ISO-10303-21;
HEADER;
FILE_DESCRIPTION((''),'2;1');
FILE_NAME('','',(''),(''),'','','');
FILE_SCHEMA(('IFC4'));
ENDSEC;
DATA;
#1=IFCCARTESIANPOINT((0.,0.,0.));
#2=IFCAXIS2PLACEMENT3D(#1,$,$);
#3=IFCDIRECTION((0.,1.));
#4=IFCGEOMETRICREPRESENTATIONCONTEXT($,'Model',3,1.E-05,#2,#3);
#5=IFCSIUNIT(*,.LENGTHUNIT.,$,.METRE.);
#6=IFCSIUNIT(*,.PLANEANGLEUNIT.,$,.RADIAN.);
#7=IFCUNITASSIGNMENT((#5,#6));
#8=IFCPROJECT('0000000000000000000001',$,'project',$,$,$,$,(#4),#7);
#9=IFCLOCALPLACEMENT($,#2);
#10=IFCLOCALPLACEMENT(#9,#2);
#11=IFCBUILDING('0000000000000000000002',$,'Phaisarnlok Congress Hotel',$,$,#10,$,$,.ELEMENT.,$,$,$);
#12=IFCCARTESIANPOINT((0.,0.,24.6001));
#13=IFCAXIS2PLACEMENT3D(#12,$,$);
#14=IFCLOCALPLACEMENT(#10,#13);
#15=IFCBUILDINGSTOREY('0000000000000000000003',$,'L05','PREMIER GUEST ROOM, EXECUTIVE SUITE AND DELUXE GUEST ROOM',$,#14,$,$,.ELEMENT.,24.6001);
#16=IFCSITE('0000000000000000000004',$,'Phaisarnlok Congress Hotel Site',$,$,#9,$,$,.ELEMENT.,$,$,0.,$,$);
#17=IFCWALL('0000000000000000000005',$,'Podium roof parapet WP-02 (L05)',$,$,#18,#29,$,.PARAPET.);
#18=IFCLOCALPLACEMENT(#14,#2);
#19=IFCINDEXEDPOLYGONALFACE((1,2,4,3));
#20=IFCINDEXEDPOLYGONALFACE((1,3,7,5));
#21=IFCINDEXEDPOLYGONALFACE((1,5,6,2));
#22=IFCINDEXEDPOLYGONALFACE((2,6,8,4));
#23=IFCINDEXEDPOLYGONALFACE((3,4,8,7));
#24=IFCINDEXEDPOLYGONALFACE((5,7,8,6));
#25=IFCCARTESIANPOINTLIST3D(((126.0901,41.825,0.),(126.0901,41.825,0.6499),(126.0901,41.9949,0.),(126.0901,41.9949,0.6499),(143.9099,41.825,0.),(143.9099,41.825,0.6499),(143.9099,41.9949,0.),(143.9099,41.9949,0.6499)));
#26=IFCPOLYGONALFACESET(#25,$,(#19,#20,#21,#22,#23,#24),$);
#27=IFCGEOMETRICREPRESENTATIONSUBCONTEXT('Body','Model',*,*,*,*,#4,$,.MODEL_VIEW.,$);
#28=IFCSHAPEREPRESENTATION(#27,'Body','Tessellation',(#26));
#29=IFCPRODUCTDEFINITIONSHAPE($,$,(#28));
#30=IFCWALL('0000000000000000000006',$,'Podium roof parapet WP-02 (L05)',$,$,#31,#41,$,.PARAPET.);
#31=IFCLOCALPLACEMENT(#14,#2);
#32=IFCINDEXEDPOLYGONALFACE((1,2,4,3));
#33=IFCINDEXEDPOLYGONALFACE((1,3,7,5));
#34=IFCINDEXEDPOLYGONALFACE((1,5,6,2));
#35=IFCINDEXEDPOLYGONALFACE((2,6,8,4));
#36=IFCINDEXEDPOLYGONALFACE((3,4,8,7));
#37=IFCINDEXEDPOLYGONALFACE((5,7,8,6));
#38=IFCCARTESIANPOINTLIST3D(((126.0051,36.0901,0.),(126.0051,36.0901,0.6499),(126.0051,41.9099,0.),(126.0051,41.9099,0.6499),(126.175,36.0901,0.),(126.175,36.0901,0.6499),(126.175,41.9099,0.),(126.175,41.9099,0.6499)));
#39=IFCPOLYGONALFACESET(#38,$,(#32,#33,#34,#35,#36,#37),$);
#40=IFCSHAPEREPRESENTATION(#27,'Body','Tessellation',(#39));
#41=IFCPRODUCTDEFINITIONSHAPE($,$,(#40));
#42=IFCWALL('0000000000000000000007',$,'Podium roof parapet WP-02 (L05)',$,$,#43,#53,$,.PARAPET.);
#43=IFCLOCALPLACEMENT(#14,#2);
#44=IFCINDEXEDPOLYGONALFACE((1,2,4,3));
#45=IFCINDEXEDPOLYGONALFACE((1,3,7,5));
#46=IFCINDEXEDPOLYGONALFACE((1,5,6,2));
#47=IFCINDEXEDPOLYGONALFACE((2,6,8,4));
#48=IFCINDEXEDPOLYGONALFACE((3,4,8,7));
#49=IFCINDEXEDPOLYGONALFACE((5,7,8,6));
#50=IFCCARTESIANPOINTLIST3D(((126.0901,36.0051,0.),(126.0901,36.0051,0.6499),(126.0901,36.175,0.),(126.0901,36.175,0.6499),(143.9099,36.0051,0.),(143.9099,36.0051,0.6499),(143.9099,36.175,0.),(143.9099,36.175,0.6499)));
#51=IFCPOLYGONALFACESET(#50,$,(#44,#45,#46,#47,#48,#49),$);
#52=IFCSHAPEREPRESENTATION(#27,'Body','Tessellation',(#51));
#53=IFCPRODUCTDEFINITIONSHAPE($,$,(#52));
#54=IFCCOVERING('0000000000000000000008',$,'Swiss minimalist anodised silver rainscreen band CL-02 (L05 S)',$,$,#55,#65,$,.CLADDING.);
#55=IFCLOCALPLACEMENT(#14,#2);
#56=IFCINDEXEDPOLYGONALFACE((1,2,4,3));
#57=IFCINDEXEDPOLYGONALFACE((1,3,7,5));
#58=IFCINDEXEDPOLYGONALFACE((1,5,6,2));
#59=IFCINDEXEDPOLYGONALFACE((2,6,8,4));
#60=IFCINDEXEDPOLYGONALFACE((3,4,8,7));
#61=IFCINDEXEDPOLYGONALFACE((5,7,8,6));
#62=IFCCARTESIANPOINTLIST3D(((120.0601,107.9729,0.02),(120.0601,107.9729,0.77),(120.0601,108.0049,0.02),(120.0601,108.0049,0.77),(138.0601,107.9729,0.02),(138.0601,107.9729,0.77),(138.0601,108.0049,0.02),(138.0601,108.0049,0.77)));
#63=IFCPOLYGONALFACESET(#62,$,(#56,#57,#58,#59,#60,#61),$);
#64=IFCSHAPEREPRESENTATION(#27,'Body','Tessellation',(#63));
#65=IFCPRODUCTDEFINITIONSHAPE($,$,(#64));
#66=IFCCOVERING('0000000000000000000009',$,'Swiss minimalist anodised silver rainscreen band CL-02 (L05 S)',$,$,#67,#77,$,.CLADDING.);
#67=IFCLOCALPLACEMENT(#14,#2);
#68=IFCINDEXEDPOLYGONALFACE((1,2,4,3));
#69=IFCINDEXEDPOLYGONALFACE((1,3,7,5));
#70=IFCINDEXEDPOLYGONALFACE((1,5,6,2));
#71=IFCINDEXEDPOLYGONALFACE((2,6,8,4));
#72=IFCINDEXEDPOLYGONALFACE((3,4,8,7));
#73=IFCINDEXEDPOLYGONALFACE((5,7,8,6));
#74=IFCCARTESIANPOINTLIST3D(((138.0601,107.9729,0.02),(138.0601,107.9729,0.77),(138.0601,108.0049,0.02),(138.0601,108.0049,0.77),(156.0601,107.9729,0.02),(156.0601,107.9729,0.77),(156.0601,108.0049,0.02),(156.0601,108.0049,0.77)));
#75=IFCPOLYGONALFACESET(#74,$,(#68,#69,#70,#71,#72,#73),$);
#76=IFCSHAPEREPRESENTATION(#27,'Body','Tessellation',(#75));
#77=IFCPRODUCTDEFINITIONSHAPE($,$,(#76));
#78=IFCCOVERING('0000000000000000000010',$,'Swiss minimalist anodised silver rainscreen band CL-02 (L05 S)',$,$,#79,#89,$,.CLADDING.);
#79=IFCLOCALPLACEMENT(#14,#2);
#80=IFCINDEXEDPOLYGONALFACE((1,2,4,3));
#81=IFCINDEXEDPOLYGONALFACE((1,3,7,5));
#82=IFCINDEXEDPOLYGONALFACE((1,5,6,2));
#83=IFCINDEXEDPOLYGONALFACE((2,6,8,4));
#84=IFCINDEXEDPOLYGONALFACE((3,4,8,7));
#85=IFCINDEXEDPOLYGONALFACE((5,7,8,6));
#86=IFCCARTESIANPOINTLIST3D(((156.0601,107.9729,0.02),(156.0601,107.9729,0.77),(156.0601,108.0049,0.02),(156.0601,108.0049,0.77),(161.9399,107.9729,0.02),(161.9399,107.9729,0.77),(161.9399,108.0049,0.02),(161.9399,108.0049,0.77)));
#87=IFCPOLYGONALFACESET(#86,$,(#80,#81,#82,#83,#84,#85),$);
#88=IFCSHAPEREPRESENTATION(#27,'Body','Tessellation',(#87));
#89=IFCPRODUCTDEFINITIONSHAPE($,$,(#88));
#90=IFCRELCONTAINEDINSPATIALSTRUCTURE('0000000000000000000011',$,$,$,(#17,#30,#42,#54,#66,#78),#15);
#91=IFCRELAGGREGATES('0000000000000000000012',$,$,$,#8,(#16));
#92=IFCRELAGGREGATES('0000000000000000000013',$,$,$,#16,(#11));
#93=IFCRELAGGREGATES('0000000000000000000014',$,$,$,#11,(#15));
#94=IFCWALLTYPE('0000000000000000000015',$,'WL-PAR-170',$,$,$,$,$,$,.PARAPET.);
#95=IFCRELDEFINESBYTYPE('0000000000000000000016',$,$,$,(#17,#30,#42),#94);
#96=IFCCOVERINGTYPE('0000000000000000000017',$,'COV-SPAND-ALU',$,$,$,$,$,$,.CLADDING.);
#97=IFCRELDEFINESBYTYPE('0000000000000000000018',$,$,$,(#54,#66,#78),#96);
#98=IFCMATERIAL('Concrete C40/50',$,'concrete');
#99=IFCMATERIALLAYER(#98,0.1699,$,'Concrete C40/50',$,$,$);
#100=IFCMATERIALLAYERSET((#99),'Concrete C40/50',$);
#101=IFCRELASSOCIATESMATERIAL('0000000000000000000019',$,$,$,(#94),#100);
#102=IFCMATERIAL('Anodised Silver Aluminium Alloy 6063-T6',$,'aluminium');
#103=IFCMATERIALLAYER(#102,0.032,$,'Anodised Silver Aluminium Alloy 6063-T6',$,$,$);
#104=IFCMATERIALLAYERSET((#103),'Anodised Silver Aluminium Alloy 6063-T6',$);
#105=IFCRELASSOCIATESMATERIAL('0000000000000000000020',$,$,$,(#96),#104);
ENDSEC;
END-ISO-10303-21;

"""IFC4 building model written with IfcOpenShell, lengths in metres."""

from ifc_helpers import new_model, si_unit, direction, frame, frame_2d, origin, place, context, subcontext, project, spatial, polyline, rectangle, outline, extrude, material, layer, layer_set, type_object, element, save


model = new_model("IFC4")

# Units and contexts
model_context = context("Model", 3, precision=1e-05, world=origin(), true_north=direction((0.0, 1.0)))
body_context = subcontext(model_context, "Body", "Model", "MODEL_VIEW")
ifc_project = project(units=[si_unit("LENGTHUNIT", "METRE"), si_unit("PLANEANGLEUNIT", "RADIAN")], contexts=[model_context])

# Site, building, storey
site_placement = place(None, origin())
site = spatial("IfcSite", under=ifc_project, at=site_placement, Name="Phaisarnlok Congress Hotel Site", CompositionType="ELEMENT", RefElevation=0.0)
building_placement = place(site_placement, origin())
building = spatial("IfcBuilding", under=site, at=building_placement, Name="Phaisarnlok Congress Hotel", CompositionType="ELEMENT")
storey_placement = place(building_placement, frame((0.0, 0.0, 24.6001)))
storey = spatial("IfcBuildingStorey", under=building, at=storey_placement, Name="L05", Description="PREMIER GUEST ROOM, EXECUTIVE SUITE AND DELUXE GUEST ROOM", CompositionType="ELEMENT", Elevation=24.6001)

# Shared definitions
ifc_material_1 = material(Name="Concrete C40/50", Category="concrete")

# Walls
ifc_layer_1 = layer(ifc_material_1, 0.1699, Name="Concrete C40/50")
ifc_layer_set_1 = layer_set([ifc_layer_1], Name="Concrete C40/50")
wall_type = type_object("IfcWallType", Name="WL-PAR-170", PredefinedType="PARAPET", material=ifc_layer_set_1)
wall_1_placement = place(storey_placement, frame((143.9099, 41.9099, 0.0), z_axis=(0.0, 0.0, 1.0), x_axis=(-1.0, 0.0, 0.0)))
element("IfcWall", 1, at=wall_1_placement, inside=storey, type_object=wall_type, Name="Podium roof parapet WP-02 (L05)", PredefinedType="PARAPET", context=body_context, shape_type="SweptSolid", body=[
    extrude(rectangle(XDim=17.8198, YDim=0.1699, at=frame_2d((8.9099, 0.0))), origin(), (0.0, 0.0, 1.0), 0.6499),
])
wall_2_placement = place(storey_placement, frame((126.0901, 41.9099, 0.0), z_axis=(0.0, 0.0, 1.0), x_axis=(0.0, -1.0, 0.0)))
element("IfcWall", 2, at=wall_2_placement, inside=storey, type_object=wall_type, Name="Podium roof parapet WP-02 (L05)", PredefinedType="PARAPET", context=body_context, shape_type="SweptSolid", body=[
    extrude(rectangle(XDim=5.8198, YDim=0.1699, at=frame_2d((2.9099, 0.0))), origin(), (0.0, 0.0, 1.0), 0.6499),
])
wall_3_placement = place(storey_placement, frame((126.0901, 36.0901, 0.0), z_axis=(0.0, 0.0, 1.0), x_axis=(1.0, 0.0, 0.0)))
element("IfcWall", 3, at=wall_3_placement, inside=storey, type_object=wall_type, Name="Podium roof parapet WP-02 (L05)", PredefinedType="PARAPET", context=body_context, shape_type="SweptSolid", body=[
    extrude(rectangle(XDim=17.8198, YDim=0.1699, at=frame_2d((8.9099, 0.0))), origin(), (0.0, 0.0, 1.0), 0.6499),
])

# Coverings
ifc_material_2 = material(Name="Anodised Silver Aluminium Alloy 6063-T6", Category="aluminium")
ifc_layer_2 = layer(ifc_material_2, 0.032, Name="Anodised Silver Aluminium Alloy 6063-T6")
ifc_layer_set_2 = layer_set([ifc_layer_2], Name="Anodised Silver Aluminium Alloy 6063-T6")
covering_type = type_object("IfcCoveringType", Name="COV-SPAND-ALU", PredefinedType="CLADDING", material=ifc_layer_set_2)
for number, where, z_axis, x_axis, name in (
    (4, (120.0601, 108.0049, 0.02), (0.0, -1.0, 0.0), (1.0, 0.0, 0.0), "Swiss minimalist anodised silver rainscreen band CL-02 (L05 S)"),
    (5, (138.0601, 108.0049, 0.02), (0.0, -1.0, 0.0), (1.0, 0.0, 0.0), "Swiss minimalist anodised silver rainscreen band CL-02 (L05 S)"),
):
    element("IfcCovering", number, at=place(storey_placement, frame(where, z_axis=z_axis, x_axis=x_axis)), inside=storey, type_object=covering_type, Name=name, PredefinedType="CLADDING", context=body_context, shape_type="SweptSolid", body=[
        extrude(outline(polyline([(0.0, 0.0), (18.0, 0.0), (18.0, 0.75), (0.0, 0.75), (0.0, 0.0)])), origin(), (0.0, 0.0, 1.0), 0.032),
    ])
covering_placement = place(storey_placement, frame((156.0601, 108.0049, 0.02), z_axis=(0.0, -1.0, 0.0), x_axis=(1.0, 0.0, 0.0)))
element("IfcCovering", 6, at=covering_placement, inside=storey, type_object=covering_type, Name="Swiss minimalist anodised silver rainscreen band CL-02 (L05 S)", PredefinedType="CLADDING", context=body_context, shape_type="SweptSolid", body=[
    extrude(outline(polyline([(0.0, 0.0), (5.8799, 0.0), (5.8799, 0.75), (0.0, 0.75), (0.0, 0.0)])), origin(), (0.0, 0.0, 1.0), 0.032),
])

save(model, "model.ifc")
